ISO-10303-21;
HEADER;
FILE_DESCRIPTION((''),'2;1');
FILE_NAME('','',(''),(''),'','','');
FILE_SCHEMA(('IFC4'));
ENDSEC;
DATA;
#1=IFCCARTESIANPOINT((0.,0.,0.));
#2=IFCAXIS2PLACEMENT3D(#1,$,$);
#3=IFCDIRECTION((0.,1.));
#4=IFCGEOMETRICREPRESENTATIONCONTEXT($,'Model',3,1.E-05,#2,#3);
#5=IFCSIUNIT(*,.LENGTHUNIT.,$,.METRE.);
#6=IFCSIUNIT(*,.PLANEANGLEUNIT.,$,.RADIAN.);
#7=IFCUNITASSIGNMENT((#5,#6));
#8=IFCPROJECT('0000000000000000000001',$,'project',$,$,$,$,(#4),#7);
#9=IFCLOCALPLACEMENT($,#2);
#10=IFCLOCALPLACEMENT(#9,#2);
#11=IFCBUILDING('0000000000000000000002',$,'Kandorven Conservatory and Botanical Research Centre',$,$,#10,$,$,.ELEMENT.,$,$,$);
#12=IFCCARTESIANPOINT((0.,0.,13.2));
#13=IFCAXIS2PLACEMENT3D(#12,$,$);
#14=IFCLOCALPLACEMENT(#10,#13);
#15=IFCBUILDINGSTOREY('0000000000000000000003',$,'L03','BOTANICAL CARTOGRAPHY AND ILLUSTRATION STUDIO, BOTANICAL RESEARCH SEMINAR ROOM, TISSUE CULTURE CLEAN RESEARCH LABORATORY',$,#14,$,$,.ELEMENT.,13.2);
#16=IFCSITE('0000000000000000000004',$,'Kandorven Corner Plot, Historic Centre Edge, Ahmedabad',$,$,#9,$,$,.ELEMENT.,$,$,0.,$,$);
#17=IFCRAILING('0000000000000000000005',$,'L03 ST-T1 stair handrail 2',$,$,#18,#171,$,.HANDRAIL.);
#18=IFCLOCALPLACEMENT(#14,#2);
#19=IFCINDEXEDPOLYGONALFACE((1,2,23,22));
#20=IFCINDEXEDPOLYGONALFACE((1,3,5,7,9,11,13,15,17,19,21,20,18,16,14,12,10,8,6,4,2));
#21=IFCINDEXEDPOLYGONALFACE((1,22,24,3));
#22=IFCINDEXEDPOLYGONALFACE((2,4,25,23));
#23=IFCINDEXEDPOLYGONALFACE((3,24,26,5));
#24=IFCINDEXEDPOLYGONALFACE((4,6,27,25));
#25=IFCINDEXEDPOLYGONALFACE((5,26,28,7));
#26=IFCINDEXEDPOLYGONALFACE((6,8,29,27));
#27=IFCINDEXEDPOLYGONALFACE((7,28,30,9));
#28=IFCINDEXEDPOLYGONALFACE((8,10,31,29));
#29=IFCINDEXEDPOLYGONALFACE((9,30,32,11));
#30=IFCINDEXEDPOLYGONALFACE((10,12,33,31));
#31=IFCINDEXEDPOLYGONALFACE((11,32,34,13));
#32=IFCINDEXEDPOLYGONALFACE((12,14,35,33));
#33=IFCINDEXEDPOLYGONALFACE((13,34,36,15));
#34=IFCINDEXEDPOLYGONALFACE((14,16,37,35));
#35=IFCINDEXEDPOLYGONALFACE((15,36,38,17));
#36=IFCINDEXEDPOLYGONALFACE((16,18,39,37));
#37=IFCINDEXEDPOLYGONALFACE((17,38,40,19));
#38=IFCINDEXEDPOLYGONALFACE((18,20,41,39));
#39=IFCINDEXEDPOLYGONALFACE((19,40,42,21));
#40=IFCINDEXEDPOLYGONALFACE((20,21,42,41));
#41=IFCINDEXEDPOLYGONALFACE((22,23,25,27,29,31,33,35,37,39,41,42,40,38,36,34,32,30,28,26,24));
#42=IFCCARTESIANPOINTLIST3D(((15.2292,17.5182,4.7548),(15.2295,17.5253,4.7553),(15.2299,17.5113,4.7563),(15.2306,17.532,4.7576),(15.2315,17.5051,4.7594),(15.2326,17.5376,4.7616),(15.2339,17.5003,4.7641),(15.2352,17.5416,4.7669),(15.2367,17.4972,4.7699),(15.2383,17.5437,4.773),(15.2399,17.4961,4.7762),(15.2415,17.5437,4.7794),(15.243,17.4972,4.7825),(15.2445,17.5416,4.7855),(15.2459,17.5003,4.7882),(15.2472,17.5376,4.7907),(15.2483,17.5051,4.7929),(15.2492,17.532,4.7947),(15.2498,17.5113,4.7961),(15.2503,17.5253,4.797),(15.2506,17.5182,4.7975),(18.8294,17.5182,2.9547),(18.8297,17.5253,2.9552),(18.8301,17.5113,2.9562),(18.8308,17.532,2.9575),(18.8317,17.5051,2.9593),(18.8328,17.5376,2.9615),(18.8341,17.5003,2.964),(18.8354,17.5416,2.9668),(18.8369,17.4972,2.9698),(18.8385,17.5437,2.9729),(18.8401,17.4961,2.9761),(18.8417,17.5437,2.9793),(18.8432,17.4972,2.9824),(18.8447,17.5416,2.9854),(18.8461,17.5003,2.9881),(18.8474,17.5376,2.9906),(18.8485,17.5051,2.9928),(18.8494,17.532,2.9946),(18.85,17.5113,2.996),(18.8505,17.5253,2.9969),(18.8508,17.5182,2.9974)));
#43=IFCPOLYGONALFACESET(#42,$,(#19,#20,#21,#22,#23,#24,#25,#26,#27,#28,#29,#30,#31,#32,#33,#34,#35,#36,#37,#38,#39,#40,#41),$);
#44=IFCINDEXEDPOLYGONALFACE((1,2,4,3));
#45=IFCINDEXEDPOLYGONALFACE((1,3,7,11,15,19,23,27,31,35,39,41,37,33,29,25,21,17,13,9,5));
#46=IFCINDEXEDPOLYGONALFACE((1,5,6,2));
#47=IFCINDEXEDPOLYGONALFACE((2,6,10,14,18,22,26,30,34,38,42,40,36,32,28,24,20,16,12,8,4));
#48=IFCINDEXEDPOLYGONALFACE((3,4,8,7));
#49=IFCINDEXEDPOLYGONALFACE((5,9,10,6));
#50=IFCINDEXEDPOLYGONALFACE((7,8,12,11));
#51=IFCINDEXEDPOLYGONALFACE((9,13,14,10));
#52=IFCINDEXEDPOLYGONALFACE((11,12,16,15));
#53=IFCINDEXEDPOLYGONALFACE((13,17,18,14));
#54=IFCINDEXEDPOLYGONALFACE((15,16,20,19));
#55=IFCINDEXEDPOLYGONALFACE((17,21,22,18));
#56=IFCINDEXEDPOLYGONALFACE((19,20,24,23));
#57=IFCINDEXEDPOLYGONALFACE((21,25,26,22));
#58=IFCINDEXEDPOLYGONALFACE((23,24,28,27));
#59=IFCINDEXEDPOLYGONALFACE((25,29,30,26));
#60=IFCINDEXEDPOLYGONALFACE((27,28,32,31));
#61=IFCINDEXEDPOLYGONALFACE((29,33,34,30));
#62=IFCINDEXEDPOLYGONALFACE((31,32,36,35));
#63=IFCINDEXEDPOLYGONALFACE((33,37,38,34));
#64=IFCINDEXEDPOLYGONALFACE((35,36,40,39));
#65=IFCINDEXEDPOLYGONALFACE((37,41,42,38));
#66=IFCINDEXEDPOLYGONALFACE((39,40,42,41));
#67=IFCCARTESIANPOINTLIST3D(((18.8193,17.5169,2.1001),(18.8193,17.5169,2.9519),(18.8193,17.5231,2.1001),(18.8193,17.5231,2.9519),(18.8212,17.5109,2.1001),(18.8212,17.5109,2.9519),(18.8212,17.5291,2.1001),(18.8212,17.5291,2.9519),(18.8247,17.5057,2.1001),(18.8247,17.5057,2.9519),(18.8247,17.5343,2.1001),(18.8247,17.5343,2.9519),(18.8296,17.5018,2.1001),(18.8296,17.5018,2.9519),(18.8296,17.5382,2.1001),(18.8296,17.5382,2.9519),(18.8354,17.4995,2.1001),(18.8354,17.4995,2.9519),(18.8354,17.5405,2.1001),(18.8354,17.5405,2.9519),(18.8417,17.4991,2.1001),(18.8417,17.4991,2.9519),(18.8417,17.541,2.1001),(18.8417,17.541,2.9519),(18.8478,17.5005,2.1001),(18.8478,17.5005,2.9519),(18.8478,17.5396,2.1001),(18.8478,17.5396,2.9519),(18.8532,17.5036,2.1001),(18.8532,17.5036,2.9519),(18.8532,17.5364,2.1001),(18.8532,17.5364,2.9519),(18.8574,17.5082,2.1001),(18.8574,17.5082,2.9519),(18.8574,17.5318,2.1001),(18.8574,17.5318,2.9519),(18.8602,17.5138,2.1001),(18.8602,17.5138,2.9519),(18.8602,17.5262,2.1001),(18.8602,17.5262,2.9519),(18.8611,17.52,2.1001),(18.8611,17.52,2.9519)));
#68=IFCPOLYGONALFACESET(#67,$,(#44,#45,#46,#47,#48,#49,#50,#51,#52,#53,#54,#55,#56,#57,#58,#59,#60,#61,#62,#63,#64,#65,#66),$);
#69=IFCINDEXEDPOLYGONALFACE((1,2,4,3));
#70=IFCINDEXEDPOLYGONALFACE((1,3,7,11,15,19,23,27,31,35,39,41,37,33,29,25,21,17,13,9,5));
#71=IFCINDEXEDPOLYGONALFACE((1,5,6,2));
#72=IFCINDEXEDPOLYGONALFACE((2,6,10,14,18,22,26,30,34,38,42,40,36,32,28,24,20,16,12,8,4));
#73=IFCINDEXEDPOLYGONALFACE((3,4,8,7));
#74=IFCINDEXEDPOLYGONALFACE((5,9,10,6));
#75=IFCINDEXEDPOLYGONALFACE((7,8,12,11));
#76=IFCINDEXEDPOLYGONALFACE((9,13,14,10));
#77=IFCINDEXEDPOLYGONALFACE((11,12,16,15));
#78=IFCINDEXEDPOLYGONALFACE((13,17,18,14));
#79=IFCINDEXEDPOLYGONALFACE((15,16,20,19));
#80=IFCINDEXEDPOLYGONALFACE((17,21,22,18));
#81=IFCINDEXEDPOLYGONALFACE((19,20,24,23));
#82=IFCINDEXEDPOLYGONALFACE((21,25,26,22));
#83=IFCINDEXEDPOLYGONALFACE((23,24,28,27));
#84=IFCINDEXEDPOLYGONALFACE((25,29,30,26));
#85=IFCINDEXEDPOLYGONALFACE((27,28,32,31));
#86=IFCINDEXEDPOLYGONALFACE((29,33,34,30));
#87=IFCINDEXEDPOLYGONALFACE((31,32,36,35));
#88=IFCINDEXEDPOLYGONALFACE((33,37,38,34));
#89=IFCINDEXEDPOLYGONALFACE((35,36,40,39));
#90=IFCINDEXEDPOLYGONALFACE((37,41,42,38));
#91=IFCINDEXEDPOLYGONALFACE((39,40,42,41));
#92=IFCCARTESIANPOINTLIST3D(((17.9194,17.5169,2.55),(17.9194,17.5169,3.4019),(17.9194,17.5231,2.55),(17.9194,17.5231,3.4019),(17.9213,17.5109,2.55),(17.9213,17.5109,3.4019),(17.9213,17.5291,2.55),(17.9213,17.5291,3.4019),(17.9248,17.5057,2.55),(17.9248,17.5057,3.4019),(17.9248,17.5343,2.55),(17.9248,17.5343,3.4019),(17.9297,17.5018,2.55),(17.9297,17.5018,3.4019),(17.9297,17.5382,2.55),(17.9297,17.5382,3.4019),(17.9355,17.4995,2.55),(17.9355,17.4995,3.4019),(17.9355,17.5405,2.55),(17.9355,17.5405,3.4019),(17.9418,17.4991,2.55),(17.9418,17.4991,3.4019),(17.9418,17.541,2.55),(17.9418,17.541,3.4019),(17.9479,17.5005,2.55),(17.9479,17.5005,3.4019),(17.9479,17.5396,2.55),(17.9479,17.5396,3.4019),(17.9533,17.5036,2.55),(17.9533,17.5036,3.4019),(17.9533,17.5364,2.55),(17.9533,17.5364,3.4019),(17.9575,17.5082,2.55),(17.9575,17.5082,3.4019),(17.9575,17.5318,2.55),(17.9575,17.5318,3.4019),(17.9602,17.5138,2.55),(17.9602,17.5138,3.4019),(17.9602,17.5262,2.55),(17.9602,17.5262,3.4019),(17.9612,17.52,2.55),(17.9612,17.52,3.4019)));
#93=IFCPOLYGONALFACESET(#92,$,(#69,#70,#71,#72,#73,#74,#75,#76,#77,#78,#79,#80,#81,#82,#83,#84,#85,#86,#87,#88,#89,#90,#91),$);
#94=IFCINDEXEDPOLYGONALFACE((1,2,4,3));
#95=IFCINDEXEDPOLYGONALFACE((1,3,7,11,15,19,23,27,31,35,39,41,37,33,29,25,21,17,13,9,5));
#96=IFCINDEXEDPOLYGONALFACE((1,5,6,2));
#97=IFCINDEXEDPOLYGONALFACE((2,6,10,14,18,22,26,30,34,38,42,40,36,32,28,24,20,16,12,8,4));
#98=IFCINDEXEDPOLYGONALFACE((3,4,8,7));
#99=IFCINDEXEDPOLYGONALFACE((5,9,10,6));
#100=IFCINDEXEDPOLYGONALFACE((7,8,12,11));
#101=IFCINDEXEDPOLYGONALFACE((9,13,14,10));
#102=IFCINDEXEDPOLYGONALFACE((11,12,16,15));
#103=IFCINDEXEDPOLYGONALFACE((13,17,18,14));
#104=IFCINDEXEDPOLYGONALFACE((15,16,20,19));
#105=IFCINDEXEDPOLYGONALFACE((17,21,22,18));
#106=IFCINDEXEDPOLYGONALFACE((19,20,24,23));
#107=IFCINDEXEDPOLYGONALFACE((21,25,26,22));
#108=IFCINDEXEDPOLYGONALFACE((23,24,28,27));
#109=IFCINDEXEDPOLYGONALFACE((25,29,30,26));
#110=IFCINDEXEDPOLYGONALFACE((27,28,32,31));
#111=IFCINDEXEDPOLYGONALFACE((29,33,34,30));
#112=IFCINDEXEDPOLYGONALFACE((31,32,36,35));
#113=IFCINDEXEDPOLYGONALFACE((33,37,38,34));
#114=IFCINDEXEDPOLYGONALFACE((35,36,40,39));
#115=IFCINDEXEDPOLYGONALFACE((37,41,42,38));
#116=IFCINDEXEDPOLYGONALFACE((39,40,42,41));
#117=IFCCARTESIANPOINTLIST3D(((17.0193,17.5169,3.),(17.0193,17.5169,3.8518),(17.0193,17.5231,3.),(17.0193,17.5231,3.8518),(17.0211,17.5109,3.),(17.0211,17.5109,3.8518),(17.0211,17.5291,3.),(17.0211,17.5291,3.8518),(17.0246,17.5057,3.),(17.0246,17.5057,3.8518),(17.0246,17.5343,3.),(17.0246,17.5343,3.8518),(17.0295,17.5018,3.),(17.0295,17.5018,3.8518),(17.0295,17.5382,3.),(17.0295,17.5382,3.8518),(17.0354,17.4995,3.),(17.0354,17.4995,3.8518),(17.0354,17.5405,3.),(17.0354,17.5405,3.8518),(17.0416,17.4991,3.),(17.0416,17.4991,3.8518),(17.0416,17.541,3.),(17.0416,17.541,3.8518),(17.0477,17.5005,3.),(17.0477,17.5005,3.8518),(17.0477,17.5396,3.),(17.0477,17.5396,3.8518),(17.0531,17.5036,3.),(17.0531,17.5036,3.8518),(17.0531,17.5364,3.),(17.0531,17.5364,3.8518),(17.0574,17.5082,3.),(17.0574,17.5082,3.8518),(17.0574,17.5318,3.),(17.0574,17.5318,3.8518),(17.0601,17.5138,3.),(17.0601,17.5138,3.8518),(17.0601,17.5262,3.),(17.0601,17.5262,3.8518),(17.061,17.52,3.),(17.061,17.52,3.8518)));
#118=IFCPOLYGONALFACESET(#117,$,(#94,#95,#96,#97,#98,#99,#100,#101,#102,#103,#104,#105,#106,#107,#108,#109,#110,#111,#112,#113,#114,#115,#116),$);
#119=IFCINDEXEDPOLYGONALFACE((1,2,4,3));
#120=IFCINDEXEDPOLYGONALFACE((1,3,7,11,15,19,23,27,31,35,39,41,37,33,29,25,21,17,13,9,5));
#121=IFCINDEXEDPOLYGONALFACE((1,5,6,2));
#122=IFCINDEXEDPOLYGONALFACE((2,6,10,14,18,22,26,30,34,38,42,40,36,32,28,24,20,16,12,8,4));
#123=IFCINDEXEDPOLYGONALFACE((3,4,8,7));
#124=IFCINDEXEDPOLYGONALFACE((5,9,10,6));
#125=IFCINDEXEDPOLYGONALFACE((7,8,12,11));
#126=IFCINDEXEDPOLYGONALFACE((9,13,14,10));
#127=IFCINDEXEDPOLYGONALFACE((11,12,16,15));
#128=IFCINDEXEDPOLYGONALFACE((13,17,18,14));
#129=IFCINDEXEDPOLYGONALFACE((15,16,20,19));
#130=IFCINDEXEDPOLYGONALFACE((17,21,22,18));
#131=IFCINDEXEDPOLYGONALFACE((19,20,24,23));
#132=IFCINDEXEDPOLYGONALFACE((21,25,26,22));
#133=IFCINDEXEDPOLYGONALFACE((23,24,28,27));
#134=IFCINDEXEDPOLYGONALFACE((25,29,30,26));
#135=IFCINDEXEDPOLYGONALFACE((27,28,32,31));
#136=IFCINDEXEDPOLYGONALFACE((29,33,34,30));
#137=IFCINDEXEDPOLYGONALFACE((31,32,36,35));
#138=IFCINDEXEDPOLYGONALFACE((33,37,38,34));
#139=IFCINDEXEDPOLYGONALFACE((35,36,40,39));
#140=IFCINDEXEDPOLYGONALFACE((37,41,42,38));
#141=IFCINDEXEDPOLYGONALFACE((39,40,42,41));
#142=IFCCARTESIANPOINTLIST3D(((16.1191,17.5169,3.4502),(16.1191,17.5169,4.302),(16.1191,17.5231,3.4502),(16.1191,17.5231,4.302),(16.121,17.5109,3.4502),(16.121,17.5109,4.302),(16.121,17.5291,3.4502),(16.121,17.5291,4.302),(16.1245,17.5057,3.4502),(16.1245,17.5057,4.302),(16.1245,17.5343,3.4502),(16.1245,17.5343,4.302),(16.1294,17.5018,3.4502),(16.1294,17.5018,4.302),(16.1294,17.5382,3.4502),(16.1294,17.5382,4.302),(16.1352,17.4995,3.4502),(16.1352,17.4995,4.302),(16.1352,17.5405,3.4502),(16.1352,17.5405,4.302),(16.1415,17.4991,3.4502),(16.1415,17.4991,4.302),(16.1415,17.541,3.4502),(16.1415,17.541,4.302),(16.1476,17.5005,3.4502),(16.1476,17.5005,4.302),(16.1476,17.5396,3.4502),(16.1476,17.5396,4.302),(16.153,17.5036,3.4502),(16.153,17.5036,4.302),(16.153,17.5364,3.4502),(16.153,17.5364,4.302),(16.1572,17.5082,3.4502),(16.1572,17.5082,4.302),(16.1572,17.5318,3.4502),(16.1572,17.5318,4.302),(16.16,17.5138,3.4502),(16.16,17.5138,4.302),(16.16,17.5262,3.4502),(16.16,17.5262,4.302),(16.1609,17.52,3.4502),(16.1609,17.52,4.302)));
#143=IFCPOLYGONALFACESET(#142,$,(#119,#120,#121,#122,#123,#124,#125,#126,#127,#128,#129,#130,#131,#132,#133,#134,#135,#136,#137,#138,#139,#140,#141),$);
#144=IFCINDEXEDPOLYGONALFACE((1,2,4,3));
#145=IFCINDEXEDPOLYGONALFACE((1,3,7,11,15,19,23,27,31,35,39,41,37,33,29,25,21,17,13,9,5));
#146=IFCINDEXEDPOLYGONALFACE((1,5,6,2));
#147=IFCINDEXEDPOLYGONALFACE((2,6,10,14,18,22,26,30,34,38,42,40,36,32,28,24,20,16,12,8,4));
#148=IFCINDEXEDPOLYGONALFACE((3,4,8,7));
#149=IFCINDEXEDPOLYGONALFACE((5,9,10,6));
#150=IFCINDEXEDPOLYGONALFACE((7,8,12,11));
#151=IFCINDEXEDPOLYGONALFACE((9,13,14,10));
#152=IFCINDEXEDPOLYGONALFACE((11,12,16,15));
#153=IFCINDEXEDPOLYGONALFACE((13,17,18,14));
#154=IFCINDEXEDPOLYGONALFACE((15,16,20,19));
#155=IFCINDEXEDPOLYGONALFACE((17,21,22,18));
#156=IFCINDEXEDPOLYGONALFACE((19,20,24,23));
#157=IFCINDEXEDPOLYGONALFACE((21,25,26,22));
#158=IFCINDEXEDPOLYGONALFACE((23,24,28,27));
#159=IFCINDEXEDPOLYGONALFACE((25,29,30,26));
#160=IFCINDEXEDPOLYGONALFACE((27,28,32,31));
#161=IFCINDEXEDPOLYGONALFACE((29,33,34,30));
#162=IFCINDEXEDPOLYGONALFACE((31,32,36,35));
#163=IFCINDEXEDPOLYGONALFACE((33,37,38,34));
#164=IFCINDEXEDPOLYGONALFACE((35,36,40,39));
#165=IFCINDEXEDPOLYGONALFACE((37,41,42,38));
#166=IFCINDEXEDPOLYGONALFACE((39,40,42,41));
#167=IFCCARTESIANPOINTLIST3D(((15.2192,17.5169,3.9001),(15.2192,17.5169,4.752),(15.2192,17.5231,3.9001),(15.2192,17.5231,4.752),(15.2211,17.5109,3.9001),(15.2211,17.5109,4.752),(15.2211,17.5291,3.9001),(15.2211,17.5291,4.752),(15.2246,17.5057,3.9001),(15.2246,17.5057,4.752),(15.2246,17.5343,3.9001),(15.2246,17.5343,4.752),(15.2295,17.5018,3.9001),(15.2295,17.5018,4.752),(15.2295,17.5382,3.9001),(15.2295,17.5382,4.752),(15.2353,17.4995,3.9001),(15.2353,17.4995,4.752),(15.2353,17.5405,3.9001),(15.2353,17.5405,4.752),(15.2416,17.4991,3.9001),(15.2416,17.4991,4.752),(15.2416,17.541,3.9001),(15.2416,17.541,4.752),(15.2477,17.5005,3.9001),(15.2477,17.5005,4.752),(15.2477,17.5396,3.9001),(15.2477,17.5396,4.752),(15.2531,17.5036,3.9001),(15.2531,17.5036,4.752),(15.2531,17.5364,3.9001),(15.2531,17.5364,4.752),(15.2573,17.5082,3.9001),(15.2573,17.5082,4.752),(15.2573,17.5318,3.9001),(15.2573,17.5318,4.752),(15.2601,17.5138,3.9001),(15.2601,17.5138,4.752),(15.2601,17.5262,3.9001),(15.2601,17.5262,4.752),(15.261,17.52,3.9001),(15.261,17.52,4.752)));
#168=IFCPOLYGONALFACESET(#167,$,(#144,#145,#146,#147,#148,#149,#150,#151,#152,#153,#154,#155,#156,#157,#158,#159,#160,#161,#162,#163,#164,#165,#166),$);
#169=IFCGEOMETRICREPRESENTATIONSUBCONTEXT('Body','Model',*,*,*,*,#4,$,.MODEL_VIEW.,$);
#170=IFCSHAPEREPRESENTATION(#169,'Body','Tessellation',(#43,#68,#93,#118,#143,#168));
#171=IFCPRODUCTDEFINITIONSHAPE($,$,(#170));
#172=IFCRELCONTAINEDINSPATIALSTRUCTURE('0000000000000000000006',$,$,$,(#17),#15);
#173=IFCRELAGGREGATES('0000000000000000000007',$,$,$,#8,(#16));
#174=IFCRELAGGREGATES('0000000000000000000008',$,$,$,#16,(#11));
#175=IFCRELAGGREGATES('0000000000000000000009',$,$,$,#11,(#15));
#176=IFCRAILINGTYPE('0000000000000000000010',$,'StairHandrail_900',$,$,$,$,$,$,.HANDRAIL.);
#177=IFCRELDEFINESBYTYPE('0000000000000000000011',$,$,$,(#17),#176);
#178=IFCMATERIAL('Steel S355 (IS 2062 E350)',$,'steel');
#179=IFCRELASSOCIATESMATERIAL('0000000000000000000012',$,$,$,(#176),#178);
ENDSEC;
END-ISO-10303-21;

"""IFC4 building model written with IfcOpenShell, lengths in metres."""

from ifc_helpers import new_model, si_unit, direction, frame, origin, origin_2d, place, context, subcontext, project, spatial, circle, extrude, material, type_object, element, save


model = new_model("IFC4")

# Units and contexts
model_context = context("Model", 3, precision=1e-05, world=origin(), true_north=direction((0.0, 1.0)))
body_context = subcontext(model_context, "Body", "Model", "MODEL_VIEW")
ifc_project = project(units=[si_unit("LENGTHUNIT", "METRE"), si_unit("PLANEANGLEUNIT", "RADIAN")], contexts=[model_context])

# Site, building, storey
site_placement = place(None, origin())
site = spatial("IfcSite", under=ifc_project, at=site_placement, Name="Kandorven Corner Plot, Historic Centre Edge, Ahmedabad", CompositionType="ELEMENT", RefElevation=0.0)
building_placement = place(site_placement, origin())
building = spatial("IfcBuilding", under=site, at=building_placement, Name="Kandorven Conservatory and Botanical Research Centre", CompositionType="ELEMENT")
storey_placement = place(building_placement, frame((0.0, 0.0, 13.2)))
storey = spatial("IfcBuildingStorey", under=building, at=storey_placement, Name="L03", Description="BOTANICAL CARTOGRAPHY AND ILLUSTRATION STUDIO, BOTANICAL RESEARCH SEMINAR ROOM, TISSUE CULTURE CLEAN RESEARCH LABORATORY", CompositionType="ELEMENT", Elevation=13.2)

# Railing
ifc_material_1 = material(Name="Steel S355 (IS 2062 E350)", Category="steel")
railing_type_1 = type_object("IfcRailingType", Name="StairHandrail_900", PredefinedType="HANDRAIL", material=ifc_material_1)
railing_1_placement = place(storey_placement, frame((18.8401, 17.52, 2.1001)))
element("IfcRailing", 1, at=railing_1_placement, inside=storey, type_object=railing_type_1, Name="L03 ST-T1 stair handrail 2", PredefinedType="HANDRAIL", context=body_context, shape_type="SweptSolid", body=[
    extrude(circle(Radius=0.0239, at=origin_2d()), frame((0.0, 0.0, 0.876), z_axis=(-0.894427, 0.0, 0.447214), x_axis=(0.0, -1.0, 0.0)), (0.0, 0.0, 1.0), 4.0251),
    extrude(circle(Radius=0.021, at=origin_2d()), origin(), (0.0, 0.0, 1.0), 0.8518),
    extrude(circle(Radius=0.021, at=origin_2d()), frame((-0.8999, 0.0, 0.45)), (0.0, 0.0, 1.0), 0.8518),
    extrude(circle(Radius=0.021, at=origin_2d()), frame((-1.8, 0.0, 0.8999)), (0.0, 0.0, 1.0), 0.8518),
    extrude(circle(Radius=0.021, at=origin_2d()), frame((-2.7002, 0.0, 1.3501)), (0.0, 0.0, 1.0), 0.8518),
    extrude(circle(Radius=0.021, at=origin_2d()), frame((-3.6001, 0.0, 1.8)), (0.0, 0.0, 1.0), 0.8518),
])

save(model, "model.ifc")
